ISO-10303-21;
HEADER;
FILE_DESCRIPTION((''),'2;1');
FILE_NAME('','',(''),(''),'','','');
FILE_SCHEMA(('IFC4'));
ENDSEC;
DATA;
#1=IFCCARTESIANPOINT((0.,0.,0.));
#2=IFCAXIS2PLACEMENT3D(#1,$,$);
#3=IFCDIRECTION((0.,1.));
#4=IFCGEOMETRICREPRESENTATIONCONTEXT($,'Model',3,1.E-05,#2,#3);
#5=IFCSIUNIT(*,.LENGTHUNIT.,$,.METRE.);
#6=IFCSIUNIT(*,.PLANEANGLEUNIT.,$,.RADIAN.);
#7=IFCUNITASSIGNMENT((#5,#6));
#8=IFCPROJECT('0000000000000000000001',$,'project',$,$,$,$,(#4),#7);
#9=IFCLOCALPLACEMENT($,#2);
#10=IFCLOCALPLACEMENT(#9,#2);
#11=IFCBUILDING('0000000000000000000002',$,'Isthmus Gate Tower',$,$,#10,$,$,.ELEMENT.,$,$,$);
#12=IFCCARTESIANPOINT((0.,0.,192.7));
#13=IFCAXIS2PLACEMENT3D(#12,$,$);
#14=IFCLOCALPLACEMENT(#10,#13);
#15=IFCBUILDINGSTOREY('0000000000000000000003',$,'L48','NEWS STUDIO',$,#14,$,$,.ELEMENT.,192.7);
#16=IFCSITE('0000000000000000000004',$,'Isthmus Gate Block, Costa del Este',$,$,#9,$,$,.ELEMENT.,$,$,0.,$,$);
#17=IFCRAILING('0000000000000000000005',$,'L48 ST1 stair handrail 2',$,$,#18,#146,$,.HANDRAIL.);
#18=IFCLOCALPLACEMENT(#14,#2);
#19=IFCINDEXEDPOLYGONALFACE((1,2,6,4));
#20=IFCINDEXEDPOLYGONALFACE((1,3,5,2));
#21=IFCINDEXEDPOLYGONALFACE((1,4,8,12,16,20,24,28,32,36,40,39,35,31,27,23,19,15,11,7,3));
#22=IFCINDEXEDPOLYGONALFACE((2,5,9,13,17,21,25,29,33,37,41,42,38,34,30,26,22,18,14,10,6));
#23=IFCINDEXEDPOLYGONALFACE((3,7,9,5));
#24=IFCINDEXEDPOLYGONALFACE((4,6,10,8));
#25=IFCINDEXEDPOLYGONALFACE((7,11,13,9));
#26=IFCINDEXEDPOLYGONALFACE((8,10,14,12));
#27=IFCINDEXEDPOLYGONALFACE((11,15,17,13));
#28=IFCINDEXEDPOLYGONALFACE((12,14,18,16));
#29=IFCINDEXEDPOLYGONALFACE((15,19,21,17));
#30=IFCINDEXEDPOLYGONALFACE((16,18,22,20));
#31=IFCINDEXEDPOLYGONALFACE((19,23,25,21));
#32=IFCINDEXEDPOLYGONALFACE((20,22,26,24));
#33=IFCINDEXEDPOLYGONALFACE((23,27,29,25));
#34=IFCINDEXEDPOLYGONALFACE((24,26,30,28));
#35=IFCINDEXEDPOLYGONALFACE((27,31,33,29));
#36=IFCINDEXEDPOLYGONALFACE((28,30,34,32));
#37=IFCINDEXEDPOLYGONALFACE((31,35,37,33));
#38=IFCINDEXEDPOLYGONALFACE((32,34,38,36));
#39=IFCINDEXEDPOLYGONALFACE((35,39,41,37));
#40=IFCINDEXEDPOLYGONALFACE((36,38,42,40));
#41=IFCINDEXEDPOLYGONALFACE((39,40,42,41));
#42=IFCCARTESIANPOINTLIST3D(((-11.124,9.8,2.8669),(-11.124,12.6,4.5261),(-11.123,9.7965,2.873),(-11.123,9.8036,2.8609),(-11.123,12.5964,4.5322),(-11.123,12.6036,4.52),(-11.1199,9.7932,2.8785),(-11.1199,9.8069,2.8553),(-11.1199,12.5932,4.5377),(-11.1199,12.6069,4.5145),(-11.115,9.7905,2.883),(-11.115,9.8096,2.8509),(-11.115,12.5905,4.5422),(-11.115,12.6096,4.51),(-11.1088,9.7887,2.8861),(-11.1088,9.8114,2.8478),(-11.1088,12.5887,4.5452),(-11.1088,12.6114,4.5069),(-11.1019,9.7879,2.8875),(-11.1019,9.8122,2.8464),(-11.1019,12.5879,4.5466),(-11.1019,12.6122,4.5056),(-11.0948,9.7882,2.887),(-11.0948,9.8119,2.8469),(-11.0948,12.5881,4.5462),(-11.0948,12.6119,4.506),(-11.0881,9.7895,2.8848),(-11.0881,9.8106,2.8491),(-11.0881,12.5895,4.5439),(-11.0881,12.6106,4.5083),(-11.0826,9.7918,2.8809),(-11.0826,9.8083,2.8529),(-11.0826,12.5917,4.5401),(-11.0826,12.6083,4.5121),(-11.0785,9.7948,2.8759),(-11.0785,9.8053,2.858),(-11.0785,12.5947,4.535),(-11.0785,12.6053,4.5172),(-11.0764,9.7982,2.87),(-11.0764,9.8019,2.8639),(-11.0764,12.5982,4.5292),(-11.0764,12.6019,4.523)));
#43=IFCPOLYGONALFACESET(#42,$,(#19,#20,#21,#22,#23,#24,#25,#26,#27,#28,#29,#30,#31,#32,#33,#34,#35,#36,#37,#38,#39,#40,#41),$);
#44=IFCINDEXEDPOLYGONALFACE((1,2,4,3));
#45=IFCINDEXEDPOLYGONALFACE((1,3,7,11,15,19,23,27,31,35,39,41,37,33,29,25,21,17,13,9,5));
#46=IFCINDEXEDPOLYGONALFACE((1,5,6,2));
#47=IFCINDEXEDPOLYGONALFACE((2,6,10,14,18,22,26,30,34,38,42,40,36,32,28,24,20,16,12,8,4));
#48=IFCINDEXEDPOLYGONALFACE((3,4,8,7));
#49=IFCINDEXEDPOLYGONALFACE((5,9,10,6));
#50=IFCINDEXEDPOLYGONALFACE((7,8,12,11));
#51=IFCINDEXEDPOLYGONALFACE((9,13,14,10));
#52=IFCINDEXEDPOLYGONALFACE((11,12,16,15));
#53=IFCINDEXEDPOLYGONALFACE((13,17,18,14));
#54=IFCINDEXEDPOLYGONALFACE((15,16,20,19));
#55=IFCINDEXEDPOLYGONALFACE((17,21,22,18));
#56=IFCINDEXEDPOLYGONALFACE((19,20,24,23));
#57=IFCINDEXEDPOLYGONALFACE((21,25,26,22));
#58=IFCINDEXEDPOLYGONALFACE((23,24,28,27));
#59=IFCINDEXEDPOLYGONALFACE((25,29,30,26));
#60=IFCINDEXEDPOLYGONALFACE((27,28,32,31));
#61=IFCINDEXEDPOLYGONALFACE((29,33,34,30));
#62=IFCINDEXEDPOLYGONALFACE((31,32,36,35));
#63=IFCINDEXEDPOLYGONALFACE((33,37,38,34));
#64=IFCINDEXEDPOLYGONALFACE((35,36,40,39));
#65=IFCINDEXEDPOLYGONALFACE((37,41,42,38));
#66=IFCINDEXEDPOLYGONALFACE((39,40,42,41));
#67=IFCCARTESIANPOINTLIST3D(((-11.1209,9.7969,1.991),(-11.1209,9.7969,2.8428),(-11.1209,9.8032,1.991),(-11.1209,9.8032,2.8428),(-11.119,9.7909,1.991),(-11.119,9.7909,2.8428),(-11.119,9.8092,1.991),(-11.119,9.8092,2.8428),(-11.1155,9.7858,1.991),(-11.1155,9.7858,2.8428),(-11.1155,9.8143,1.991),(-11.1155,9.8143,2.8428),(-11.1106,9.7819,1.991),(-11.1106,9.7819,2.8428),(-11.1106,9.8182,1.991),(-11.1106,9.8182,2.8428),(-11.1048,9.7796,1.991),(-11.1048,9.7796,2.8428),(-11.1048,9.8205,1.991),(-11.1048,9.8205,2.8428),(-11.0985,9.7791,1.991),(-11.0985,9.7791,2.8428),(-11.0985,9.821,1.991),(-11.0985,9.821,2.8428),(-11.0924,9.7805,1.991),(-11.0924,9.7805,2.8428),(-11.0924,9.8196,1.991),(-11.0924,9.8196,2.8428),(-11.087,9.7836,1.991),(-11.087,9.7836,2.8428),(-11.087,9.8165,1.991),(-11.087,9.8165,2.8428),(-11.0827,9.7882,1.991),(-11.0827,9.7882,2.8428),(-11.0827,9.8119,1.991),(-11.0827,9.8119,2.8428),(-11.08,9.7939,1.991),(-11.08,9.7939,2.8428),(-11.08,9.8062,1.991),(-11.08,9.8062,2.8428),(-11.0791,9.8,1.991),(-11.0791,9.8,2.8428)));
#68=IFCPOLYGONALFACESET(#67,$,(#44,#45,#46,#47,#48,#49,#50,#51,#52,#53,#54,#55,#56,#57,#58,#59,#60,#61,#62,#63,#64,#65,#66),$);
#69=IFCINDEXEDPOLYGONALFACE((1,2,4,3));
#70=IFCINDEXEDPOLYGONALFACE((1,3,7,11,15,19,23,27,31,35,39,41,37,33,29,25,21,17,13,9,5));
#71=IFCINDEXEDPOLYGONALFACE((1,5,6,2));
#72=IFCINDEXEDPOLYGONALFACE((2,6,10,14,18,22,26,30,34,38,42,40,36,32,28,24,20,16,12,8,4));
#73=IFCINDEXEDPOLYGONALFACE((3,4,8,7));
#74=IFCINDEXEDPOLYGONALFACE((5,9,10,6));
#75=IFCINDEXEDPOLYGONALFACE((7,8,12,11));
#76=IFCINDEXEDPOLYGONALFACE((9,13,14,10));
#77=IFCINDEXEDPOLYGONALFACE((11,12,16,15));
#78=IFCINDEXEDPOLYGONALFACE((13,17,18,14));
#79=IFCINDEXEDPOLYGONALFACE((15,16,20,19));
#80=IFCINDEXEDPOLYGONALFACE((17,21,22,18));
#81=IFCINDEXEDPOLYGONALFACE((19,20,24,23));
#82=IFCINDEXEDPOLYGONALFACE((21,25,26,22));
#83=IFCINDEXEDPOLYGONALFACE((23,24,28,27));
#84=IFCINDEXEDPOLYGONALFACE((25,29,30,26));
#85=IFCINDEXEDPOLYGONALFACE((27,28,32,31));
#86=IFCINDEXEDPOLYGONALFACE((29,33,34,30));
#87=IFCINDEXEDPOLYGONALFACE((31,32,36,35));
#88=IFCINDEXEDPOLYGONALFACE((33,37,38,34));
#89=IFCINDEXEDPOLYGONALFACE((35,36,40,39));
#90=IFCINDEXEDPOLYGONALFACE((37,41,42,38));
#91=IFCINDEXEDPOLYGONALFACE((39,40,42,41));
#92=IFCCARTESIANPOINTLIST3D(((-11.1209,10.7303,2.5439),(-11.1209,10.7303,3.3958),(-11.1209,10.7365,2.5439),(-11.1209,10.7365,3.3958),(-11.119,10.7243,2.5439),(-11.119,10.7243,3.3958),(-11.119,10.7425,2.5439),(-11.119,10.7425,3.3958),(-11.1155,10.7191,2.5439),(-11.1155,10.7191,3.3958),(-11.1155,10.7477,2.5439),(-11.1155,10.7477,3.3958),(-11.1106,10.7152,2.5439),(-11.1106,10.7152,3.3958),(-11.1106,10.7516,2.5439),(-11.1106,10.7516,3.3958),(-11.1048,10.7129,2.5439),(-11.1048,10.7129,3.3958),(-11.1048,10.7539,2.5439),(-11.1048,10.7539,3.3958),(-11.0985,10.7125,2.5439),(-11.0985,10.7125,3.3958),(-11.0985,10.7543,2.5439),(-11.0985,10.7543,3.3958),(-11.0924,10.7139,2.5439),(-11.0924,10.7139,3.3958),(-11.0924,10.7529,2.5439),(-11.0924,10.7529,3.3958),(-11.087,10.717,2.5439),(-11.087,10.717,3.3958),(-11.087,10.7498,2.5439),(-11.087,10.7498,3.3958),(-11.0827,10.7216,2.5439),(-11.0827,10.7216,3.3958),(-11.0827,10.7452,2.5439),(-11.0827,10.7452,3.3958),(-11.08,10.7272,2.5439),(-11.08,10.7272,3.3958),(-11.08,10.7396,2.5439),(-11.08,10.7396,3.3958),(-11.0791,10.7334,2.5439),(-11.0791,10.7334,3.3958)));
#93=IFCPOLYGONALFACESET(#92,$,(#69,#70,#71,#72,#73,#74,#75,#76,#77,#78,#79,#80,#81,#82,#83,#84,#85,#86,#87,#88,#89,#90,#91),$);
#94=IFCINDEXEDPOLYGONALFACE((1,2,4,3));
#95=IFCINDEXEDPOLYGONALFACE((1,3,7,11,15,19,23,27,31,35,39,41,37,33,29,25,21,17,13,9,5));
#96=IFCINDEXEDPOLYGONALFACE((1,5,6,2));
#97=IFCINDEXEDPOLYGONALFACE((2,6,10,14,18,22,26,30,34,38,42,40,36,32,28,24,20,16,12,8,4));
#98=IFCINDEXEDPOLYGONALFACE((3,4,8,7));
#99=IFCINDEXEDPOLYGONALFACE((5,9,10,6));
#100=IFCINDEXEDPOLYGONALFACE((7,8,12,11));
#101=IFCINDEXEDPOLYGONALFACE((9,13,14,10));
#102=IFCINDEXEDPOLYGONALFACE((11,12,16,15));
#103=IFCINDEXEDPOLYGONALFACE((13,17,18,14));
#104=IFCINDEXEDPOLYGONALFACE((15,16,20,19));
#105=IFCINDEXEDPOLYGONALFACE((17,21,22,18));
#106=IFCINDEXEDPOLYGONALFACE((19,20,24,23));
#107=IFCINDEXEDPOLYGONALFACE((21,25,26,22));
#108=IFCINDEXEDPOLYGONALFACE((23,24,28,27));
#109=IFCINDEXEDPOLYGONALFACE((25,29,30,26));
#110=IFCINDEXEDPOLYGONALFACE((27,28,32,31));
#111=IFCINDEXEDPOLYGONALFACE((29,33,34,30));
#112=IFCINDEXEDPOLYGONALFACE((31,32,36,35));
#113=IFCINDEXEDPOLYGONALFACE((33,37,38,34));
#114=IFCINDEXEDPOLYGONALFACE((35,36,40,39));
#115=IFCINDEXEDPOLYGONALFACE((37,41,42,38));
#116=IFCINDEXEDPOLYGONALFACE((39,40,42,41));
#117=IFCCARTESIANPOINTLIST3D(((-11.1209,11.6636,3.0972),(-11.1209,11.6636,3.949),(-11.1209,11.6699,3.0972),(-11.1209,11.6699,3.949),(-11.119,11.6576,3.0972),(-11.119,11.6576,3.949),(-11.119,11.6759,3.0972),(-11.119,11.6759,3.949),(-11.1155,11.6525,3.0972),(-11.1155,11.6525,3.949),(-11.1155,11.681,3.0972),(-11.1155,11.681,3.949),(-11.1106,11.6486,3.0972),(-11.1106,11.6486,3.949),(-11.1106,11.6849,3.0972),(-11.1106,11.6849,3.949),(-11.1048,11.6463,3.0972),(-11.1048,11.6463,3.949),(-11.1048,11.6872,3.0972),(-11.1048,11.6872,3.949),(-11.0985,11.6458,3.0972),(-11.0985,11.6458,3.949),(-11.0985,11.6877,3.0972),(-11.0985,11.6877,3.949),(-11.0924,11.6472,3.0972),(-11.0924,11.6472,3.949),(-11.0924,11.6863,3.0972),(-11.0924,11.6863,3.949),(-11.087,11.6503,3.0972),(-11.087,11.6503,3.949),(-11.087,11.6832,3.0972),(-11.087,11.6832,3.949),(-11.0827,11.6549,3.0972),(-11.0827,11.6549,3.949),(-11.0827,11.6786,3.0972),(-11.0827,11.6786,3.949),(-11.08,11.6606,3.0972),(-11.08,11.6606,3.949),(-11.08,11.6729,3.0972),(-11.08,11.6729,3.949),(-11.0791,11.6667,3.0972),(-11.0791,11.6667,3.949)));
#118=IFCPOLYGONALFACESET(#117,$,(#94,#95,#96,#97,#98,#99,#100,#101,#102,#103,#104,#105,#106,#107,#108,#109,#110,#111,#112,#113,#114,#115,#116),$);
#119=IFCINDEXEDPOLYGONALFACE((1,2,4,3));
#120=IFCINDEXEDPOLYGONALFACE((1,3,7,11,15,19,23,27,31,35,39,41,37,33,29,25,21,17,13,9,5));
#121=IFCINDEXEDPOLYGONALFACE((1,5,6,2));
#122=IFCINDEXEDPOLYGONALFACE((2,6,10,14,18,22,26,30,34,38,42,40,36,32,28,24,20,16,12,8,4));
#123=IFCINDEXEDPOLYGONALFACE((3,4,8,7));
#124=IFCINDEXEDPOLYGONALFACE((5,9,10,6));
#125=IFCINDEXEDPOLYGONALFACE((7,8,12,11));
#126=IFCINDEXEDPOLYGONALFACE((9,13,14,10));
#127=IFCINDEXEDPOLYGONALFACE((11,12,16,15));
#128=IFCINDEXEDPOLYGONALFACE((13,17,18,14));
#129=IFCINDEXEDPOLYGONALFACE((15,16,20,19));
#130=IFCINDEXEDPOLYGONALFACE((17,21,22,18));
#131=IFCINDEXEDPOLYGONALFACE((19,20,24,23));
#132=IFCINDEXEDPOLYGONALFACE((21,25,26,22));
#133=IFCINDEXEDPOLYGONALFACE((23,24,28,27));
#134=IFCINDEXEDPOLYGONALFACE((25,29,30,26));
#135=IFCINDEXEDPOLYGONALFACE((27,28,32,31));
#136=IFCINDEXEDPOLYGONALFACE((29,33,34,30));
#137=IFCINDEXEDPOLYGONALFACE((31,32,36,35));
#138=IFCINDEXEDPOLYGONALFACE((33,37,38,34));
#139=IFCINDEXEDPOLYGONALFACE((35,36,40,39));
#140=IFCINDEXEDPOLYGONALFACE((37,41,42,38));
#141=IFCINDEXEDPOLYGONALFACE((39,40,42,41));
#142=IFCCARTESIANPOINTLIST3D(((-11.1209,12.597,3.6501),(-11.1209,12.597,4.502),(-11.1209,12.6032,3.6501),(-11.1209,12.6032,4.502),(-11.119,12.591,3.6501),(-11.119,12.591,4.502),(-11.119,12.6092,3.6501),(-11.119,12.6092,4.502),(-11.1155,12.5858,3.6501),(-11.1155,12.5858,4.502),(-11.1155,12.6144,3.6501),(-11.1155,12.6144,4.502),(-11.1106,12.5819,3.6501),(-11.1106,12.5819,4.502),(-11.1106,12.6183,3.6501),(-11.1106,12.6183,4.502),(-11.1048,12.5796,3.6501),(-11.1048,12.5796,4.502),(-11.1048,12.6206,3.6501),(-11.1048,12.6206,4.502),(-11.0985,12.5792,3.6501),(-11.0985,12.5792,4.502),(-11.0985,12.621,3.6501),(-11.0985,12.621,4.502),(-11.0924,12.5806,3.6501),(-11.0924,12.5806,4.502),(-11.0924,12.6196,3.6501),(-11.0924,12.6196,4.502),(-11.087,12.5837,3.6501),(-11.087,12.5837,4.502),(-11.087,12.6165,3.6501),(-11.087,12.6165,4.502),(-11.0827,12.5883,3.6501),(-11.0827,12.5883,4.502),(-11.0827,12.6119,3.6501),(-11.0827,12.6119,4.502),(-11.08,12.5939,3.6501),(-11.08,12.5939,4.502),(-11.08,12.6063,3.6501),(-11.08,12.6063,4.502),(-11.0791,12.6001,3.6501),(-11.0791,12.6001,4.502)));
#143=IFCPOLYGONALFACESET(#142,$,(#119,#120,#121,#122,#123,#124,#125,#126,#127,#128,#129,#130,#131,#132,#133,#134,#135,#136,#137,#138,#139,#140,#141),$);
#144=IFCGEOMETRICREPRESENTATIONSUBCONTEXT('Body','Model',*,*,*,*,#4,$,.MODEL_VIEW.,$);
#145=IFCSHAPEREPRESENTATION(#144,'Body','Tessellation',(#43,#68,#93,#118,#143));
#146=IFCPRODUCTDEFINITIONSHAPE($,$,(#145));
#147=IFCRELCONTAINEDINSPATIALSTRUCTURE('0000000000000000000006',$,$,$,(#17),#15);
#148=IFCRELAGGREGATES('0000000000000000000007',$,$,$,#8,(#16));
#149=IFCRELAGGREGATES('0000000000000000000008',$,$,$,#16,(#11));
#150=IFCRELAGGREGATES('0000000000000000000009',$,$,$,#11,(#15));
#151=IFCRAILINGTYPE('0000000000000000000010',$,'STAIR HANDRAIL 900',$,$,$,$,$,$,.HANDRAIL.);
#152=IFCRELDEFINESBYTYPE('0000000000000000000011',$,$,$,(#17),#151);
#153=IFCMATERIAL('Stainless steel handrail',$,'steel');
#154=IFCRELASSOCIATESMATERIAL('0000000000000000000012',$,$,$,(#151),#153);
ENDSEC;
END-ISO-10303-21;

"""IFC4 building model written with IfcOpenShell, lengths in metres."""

from ifc_helpers import new_model, si_unit, direction, frame, origin, origin_2d, place, context, subcontext, project, spatial, circle, extrude, material, type_object, element, save


model = new_model("IFC4")

# Units and contexts
model_context = context("Model", 3, precision=1e-05, world=origin(), true_north=direction((0.0, 1.0)))
body_context = subcontext(model_context, "Body", "Model", "MODEL_VIEW")
ifc_project = project(units=[si_unit("LENGTHUNIT", "METRE"), si_unit("PLANEANGLEUNIT", "RADIAN")], contexts=[model_context])

# Site, building, storey
site_placement = place(None, origin())
site = spatial("IfcSite", under=ifc_project, at=site_placement, Name="Isthmus Gate Block, Costa del Este", CompositionType="ELEMENT", RefElevation=0.0)
building_placement = place(site_placement, origin())
building = spatial("IfcBuilding", under=site, at=building_placement, Name="Isthmus Gate Tower", CompositionType="ELEMENT")
storey_placement = place(building_placement, frame((0.0, 0.0, 192.7)))
storey = spatial("IfcBuildingStorey", under=building, at=storey_placement, Name="L48", Description="NEWS STUDIO", CompositionType="ELEMENT", Elevation=192.7)

# Railing
ifc_material_1 = material(Name="Stainless steel handrail", Category="steel")
railing_type_1 = type_object("IfcRailingType", Name="STAIR HANDRAIL 900", PredefinedType="HANDRAIL", material=ifc_material_1)
railing_1_placement = place(storey_placement, frame((-11.1001, 9.8, 1.991)))
element("IfcRailing", 1, at=railing_1_placement, inside=storey, type_object=railing_type_1, Name="L48 ST1 stair handrail 2", PredefinedType="HANDRAIL", context=body_context, shape_type="SweptSolid", body=[
    extrude(circle(Radius=0.0239, at=origin_2d()), frame((0.0, 0.0, 0.876), z_axis=(0.0, 0.860306, 0.509778), x_axis=(-1.0, 0.0, 0.0)), (0.0, 0.0, 1.0), 3.2546),
    extrude(circle(Radius=0.021, at=origin_2d()), origin(), (0.0, 0.0, 1.0), 0.8518),
    extrude(circle(Radius=0.021, at=origin_2d()), frame((0.0, 0.9333, 0.553)), (0.0, 0.0, 1.0), 0.8518),
    extrude(circle(Radius=0.021, at=origin_2d()), frame((0.0, 1.8667, 1.1062)), (0.0, 0.0, 1.0), 0.8518),
    extrude(circle(Radius=0.021, at=origin_2d()), frame((0.0, 2.8, 1.6592)), (0.0, 0.0, 1.0), 0.8518),
])

save(model, "model.ifc")
